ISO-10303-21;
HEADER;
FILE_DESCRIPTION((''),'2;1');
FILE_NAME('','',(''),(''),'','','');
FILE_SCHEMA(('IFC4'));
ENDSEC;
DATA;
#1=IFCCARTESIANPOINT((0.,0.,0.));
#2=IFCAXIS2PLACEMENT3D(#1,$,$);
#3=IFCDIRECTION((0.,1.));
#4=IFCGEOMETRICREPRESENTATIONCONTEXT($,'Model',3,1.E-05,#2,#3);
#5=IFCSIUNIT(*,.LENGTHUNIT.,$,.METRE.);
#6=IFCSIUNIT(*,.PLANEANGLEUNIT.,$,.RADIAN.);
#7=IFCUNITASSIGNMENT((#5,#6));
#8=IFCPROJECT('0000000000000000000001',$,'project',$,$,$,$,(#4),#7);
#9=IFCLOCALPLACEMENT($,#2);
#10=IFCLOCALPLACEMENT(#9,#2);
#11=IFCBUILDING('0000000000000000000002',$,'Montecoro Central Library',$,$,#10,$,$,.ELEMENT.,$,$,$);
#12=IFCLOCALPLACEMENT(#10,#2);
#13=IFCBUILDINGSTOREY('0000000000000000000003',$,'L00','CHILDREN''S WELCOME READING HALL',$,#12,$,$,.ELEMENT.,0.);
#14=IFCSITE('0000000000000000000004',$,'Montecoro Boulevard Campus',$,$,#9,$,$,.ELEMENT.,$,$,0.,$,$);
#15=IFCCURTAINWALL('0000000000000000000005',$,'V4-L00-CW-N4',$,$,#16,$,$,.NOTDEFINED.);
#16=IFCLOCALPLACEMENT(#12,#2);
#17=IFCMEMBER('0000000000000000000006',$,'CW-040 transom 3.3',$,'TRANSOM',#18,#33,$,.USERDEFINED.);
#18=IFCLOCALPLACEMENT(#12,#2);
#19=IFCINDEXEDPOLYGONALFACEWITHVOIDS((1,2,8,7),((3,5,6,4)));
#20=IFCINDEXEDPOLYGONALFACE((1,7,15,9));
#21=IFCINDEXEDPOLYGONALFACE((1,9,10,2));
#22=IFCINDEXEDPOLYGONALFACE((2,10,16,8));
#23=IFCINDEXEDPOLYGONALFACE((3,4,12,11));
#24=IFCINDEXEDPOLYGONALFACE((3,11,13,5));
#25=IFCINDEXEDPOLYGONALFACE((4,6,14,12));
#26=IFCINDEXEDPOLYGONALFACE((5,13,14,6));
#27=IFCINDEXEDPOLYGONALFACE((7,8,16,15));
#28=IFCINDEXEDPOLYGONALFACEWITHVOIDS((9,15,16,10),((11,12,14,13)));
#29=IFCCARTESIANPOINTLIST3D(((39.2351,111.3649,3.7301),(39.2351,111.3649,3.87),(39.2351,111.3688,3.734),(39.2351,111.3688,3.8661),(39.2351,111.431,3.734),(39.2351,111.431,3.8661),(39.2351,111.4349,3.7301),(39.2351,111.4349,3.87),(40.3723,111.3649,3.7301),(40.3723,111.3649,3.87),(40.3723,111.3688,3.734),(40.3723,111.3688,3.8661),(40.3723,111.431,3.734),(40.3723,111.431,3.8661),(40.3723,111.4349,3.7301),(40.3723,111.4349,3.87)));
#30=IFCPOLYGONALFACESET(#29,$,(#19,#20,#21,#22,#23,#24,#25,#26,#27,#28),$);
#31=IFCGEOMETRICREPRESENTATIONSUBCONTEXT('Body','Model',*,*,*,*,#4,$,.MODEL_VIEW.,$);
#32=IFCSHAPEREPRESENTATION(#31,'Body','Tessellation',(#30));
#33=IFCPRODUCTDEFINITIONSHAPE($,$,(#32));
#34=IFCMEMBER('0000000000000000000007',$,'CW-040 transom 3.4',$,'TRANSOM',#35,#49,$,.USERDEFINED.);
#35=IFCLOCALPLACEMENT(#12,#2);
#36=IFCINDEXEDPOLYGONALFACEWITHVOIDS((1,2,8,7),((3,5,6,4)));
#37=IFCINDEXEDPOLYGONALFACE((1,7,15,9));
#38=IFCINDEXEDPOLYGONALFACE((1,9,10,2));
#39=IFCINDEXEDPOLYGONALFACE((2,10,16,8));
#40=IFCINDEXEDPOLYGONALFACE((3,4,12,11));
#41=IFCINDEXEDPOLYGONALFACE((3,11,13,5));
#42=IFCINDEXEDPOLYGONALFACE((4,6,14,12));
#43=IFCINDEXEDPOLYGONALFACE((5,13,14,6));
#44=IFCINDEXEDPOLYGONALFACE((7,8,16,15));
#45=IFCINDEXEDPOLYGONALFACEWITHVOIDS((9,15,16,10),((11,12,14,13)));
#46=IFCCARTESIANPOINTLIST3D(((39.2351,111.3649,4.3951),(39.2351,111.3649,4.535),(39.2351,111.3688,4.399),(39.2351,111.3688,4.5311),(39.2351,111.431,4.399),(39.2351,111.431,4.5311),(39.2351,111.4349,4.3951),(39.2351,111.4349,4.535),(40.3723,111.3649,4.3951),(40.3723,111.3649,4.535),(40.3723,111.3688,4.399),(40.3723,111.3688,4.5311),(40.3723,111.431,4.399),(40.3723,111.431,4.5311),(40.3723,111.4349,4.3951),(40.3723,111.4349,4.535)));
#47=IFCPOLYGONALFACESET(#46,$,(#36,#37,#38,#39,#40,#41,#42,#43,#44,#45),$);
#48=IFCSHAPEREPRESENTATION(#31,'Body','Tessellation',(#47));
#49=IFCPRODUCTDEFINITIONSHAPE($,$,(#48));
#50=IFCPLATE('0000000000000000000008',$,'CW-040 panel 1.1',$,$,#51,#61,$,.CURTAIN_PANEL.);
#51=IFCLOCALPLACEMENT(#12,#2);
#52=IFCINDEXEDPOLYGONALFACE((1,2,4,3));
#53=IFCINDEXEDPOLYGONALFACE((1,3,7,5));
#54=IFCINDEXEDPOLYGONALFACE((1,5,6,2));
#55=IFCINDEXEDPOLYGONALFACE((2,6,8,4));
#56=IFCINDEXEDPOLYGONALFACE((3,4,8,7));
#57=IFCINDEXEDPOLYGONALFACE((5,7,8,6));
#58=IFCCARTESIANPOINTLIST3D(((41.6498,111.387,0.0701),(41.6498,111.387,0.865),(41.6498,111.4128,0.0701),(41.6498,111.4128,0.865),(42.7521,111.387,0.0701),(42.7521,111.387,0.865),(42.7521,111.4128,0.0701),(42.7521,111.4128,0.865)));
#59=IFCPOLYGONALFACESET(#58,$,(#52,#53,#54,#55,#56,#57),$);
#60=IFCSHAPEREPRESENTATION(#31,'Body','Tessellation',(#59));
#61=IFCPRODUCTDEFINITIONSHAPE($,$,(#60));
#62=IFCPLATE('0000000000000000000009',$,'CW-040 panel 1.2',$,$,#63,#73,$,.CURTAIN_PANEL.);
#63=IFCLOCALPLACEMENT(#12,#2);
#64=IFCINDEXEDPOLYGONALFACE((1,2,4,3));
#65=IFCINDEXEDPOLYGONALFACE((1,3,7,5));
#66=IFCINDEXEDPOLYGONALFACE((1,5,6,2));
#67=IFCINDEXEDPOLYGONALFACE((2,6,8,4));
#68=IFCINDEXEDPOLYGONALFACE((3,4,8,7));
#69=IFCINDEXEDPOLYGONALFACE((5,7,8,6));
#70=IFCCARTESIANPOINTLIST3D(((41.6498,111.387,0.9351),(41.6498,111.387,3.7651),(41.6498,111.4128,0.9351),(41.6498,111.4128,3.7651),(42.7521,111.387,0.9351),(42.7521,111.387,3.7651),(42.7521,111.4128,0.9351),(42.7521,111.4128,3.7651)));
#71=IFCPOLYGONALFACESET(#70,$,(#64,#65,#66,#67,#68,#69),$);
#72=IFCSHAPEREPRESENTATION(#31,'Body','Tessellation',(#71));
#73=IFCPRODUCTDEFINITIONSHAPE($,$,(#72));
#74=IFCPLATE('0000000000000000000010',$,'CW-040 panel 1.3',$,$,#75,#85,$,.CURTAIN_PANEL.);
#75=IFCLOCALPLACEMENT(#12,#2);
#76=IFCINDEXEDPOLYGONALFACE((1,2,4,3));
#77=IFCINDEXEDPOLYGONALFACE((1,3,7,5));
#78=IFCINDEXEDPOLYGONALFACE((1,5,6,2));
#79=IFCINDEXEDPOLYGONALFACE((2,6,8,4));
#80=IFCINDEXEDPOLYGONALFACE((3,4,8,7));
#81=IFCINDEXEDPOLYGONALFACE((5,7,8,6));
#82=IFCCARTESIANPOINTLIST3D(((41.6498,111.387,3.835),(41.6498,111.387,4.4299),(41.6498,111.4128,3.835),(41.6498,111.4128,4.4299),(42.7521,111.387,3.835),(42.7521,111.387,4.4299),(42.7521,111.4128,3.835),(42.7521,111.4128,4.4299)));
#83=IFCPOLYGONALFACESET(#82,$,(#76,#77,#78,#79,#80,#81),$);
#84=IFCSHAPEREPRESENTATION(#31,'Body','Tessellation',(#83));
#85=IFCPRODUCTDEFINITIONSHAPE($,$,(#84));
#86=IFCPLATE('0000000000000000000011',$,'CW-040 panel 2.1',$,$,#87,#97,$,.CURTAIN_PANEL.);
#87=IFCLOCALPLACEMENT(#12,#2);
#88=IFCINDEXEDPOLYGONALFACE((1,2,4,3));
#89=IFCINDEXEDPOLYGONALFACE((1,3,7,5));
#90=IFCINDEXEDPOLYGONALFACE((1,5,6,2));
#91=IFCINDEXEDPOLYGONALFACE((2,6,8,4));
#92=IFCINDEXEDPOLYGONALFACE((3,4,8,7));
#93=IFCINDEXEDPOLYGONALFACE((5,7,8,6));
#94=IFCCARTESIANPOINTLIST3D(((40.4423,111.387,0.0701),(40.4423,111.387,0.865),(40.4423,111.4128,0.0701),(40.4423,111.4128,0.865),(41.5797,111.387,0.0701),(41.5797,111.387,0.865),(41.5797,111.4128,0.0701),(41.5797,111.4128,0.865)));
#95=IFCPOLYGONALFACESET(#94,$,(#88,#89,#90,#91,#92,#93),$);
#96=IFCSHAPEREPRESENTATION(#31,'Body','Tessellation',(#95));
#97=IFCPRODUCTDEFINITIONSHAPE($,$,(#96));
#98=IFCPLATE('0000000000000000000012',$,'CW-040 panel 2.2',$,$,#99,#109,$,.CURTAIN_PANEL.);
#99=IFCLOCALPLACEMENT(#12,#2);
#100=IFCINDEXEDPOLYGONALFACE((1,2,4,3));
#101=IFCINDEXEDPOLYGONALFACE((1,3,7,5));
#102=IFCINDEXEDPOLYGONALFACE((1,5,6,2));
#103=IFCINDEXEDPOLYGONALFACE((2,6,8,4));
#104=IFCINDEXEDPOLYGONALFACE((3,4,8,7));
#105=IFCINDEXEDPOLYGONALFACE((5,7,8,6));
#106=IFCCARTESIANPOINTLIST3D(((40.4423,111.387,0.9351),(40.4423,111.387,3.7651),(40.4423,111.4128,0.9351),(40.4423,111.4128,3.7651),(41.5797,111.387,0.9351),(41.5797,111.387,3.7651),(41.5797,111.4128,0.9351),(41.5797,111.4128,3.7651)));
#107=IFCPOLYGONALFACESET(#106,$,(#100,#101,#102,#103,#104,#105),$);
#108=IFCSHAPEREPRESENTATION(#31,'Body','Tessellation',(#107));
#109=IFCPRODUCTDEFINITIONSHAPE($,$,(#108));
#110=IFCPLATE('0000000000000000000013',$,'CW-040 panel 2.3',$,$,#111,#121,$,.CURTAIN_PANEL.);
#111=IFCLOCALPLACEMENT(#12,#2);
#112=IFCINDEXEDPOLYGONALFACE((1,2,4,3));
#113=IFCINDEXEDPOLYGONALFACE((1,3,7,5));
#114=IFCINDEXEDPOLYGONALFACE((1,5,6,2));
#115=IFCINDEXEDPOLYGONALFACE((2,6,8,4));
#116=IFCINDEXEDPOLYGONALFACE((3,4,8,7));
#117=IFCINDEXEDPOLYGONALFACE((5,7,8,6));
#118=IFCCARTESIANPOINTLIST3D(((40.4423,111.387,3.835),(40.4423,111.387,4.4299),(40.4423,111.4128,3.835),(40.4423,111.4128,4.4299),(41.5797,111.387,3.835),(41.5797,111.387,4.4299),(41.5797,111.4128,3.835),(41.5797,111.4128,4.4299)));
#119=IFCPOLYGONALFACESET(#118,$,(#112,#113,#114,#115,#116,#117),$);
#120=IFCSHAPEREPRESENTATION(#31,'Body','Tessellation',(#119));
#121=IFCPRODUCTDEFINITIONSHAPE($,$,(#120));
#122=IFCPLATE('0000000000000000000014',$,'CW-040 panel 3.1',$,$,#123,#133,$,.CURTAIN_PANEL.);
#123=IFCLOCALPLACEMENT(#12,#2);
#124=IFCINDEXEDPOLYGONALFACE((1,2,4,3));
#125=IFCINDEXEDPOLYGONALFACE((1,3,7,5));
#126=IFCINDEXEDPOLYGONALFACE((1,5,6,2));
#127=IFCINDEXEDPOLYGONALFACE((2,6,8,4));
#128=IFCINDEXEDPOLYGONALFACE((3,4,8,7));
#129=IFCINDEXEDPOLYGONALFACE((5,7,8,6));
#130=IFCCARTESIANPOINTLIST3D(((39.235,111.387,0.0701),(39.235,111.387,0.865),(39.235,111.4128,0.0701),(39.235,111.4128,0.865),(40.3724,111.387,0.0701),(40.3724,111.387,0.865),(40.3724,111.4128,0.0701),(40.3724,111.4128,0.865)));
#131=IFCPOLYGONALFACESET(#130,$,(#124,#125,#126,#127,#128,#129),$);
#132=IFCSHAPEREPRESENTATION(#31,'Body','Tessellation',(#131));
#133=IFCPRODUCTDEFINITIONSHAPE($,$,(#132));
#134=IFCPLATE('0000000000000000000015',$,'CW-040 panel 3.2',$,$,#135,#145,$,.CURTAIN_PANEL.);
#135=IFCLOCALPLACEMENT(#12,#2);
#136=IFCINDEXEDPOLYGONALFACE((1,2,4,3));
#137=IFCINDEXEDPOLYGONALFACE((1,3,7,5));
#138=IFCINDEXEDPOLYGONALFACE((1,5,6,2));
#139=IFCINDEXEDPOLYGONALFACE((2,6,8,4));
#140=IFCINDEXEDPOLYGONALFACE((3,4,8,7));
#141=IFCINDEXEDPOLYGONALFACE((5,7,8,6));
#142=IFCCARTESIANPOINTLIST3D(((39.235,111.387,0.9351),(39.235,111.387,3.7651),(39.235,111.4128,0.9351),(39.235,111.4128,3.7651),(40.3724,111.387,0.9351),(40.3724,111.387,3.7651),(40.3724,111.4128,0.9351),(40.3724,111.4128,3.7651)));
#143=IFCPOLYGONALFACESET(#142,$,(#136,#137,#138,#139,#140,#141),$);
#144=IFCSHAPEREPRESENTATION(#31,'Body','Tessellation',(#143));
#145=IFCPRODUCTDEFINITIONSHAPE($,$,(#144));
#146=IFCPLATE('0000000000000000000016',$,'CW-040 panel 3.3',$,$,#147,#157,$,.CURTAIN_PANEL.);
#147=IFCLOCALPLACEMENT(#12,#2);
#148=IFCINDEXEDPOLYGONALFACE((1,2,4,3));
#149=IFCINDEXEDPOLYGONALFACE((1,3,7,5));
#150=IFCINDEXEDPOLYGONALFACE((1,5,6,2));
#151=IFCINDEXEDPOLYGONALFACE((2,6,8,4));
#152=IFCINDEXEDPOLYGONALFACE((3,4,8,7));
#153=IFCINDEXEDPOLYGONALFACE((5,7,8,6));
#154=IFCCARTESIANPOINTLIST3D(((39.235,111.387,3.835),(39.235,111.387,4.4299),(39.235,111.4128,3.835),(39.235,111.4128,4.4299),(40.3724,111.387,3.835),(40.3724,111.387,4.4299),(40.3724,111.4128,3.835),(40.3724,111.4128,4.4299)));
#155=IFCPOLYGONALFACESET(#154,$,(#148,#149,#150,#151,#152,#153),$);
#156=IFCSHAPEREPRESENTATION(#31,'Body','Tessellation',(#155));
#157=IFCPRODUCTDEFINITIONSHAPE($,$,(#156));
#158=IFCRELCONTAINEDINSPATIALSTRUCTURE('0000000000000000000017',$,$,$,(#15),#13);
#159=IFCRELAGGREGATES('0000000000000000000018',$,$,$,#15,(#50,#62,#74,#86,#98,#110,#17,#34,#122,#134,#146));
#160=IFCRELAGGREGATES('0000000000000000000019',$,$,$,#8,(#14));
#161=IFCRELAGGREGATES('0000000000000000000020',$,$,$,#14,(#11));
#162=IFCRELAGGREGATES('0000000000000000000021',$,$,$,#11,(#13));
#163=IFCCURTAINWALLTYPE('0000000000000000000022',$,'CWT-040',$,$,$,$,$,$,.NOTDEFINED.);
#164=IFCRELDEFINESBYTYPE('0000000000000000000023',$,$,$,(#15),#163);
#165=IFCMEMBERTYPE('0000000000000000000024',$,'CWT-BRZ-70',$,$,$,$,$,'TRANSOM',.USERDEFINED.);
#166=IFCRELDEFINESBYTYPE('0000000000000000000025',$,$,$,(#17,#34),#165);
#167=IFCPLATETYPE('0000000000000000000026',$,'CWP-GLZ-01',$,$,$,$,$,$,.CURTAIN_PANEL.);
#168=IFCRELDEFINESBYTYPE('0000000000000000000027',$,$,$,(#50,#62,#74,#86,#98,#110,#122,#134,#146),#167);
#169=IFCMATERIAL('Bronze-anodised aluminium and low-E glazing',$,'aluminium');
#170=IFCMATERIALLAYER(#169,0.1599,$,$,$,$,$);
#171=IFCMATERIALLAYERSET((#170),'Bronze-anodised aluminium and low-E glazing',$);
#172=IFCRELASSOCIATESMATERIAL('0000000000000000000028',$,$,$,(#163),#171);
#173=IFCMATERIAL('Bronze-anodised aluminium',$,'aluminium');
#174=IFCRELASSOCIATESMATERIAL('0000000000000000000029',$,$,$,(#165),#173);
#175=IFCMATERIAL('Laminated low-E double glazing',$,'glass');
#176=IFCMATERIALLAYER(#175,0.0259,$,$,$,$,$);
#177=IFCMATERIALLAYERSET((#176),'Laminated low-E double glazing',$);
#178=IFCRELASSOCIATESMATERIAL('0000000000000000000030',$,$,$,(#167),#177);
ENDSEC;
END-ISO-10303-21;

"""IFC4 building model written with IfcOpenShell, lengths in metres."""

from ifc_helpers import new_model, si_unit, direction, frame, origin, origin_2d, place, context, subcontext, project, spatial, rectangle, hollow_rectangle, extrude, material, layer, layer_set, material_profile, profile_set, type_object, element, aggregate, save


model = new_model("IFC4")

# Units and contexts
model_context = context("Model", 3, precision=1e-05, world=origin(), true_north=direction((0.0, 1.0)))
body_context = subcontext(model_context, "Body", "Model", "MODEL_VIEW")
ifc_project = project(units=[si_unit("LENGTHUNIT", "METRE"), si_unit("PLANEANGLEUNIT", "RADIAN")], contexts=[model_context])

# Site, building, storey
site_placement = place(None, origin())
site = spatial("IfcSite", under=ifc_project, at=site_placement, Name="Montecoro Boulevard Campus", CompositionType="ELEMENT", RefElevation=0.0)
building_placement = place(site_placement, origin())
building = spatial("IfcBuilding", under=site, at=building_placement, Name="Montecoro Central Library", CompositionType="ELEMENT")
storey_placement = place(building_placement, origin())
storey = spatial("IfcBuildingStorey", under=building, at=storey_placement, Name="L00", Description="CHILDREN'S WELCOME READING HALL", CompositionType="ELEMENT", Elevation=0.0)

# Curtain wall, members, plates
ifc_material_1 = material(Name="Bronze-anodised aluminium and low-E glazing", Category="aluminium")
ifc_layer_1 = layer(ifc_material_1, 0.1599)
ifc_layer_set_1 = layer_set([ifc_layer_1], Name="Bronze-anodised aluminium and low-E glazing")
curtain_wall_type = type_object("IfcCurtainWallType", Name="CWT-040", PredefinedType="NOTDEFINED", material=ifc_layer_set_1)
curtain_wall_placement = place(storey_placement, origin())
curtain_wall = element("IfcCurtainWall", 1, at=curtain_wall_placement, inside=storey, type_object=curtain_wall_type, Name="V4-L00-CW-N4", PredefinedType="NOTDEFINED")
ifc_material_2 = material(Name="Bronze-anodised aluminium", Category="aluminium")
ifc_material_profile_1 = material_profile(ifc_material_2, hollow_rectangle(XDim=0.0701, YDim=0.1399, WallThickness=0.0039, at=origin_2d()), Name="CWT 140x70x4.0")
ifc_profile_set_1 = profile_set([ifc_material_profile_1], Name="Bronze-anodised aluminium")
member_type_1 = type_object("IfcMemberType", Name="CWT-BRZ-70", ElementType="TRANSOM", PredefinedType="USERDEFINED", material=ifc_profile_set_1)
member_1_placement = place(storey_placement, frame((40.3723, 111.3999, 3.8), z_axis=(-1.0, 0.0, 0.0), x_axis=(0.0, -1.0, 0.0)))
member_1 = element("IfcMember", 2, at=member_1_placement, type_object=member_type_1, Name="CW-040 transom 3.3", ObjectType="TRANSOM", PredefinedType="USERDEFINED", context=body_context, shape_type="SweptSolid", body=[
    extrude(hollow_rectangle(XDim=0.0701, YDim=0.1399, WallThickness=0.0039, at=origin_2d()), origin(), (0.0, 0.0, 1.0), 1.1372),
])
member_2_placement = place(storey_placement, frame((40.3723, 111.3999, 4.4651), z_axis=(-1.0, 0.0, 0.0), x_axis=(0.0, -1.0, 0.0)))
member_2 = element("IfcMember", 3, at=member_2_placement, type_object=member_type_1, Name="CW-040 transom 3.4", ObjectType="TRANSOM", PredefinedType="USERDEFINED", context=body_context, shape_type="SweptSolid", body=[
    extrude(hollow_rectangle(XDim=0.0701, YDim=0.1399, WallThickness=0.0039, at=origin_2d()), origin(), (0.0, 0.0, 1.0), 1.1372),
])
ifc_material_3 = material(Name="Laminated low-E double glazing", Category="glass")
ifc_layer_2 = layer(ifc_material_3, 0.0259)
ifc_layer_set_2 = layer_set([ifc_layer_2], Name="Laminated low-E double glazing")
plate_type = type_object("IfcPlateType", Name="CWP-GLZ-01", PredefinedType="CURTAIN_PANEL", material=ifc_layer_set_2)
plate_1_placement = place(storey_placement, frame((42.2009, 111.3999, 0.0701), z_axis=(0.0, 0.0, 1.0), x_axis=(-1.0, 0.0, 0.0)))
plate_1 = element("IfcPlate", 4, at=plate_1_placement, type_object=plate_type, Name="CW-040 panel 1.1", PredefinedType="CURTAIN_PANEL", context=body_context, shape_type="SweptSolid", body=[
    extrude(rectangle(XDim=1.1023, YDim=0.0259, at=origin_2d()), origin(), (0.0, 0.0, 1.0), 0.7949),
])
plate_2_placement = place(storey_placement, frame((42.2009, 111.3999, 0.9351), z_axis=(0.0, 0.0, 1.0), x_axis=(-1.0, 0.0, 0.0)))
plate_2 = element("IfcPlate", 5, at=plate_2_placement, type_object=plate_type, Name="CW-040 panel 1.2", PredefinedType="CURTAIN_PANEL", context=body_context, shape_type="SweptSolid", body=[
    extrude(rectangle(XDim=1.1023, YDim=0.0259, at=origin_2d()), origin(), (0.0, 0.0, 1.0), 2.8301),
])
plate_3_placement = place(storey_placement, frame((42.2009, 111.3999, 3.835), z_axis=(0.0, 0.0, 1.0), x_axis=(-1.0, 0.0, 0.0)))
plate_3 = element("IfcPlate", 6, at=plate_3_placement, type_object=plate_type, Name="CW-040 panel 1.3", PredefinedType="CURTAIN_PANEL", context=body_context, shape_type="SweptSolid", body=[
    extrude(rectangle(XDim=1.1023, YDim=0.0259, at=origin_2d()), origin(), (0.0, 0.0, 1.0), 0.595),
])
plate_4_placement = place(storey_placement, frame((41.011, 111.3999, 0.0701), z_axis=(0.0, 0.0, 1.0), x_axis=(-1.0, 0.0, 0.0)))
plate_4 = element("IfcPlate", 7, at=plate_4_placement, type_object=plate_type, Name="CW-040 panel 2.1", PredefinedType="CURTAIN_PANEL", context=body_context, shape_type="SweptSolid", body=[
    extrude(rectangle(XDim=1.1375, YDim=0.0259, at=origin_2d()), origin(), (0.0, 0.0, 1.0), 0.7949),
])
plate_5_placement = place(storey_placement, frame((41.011, 111.3999, 0.9351), z_axis=(0.0, 0.0, 1.0), x_axis=(-1.0, 0.0, 0.0)))
plate_5 = element("IfcPlate", 8, at=plate_5_placement, type_object=plate_type, Name="CW-040 panel 2.2", PredefinedType="CURTAIN_PANEL", context=body_context, shape_type="SweptSolid", body=[
    extrude(rectangle(XDim=1.1375, YDim=0.0259, at=origin_2d()), origin(), (0.0, 0.0, 1.0), 2.8301),
])
plate_6_placement = place(storey_placement, frame((41.011, 111.3999, 3.835), z_axis=(0.0, 0.0, 1.0), x_axis=(-1.0, 0.0, 0.0)))
plate_6 = element("IfcPlate", 9, at=plate_6_placement, type_object=plate_type, Name="CW-040 panel 2.3", PredefinedType="CURTAIN_PANEL", context=body_context, shape_type="SweptSolid", body=[
    extrude(rectangle(XDim=1.1375, YDim=0.0259, at=origin_2d()), origin(), (0.0, 0.0, 1.0), 0.595),
])
plate_7_placement = place(storey_placement, frame((39.8037, 111.3999, 0.0701), z_axis=(0.0, 0.0, 1.0), x_axis=(-1.0, 0.0, 0.0)))
plate_7 = element("IfcPlate", 10, at=plate_7_placement, type_object=plate_type, Name="CW-040 panel 3.1", PredefinedType="CURTAIN_PANEL", context=body_context, shape_type="SweptSolid", body=[
    extrude(rectangle(XDim=1.1375, YDim=0.0259, at=origin_2d()), origin(), (0.0, 0.0, 1.0), 0.7949),
])
plate_8_placement = place(storey_placement, frame((39.8037, 111.3999, 0.9351), z_axis=(0.0, 0.0, 1.0), x_axis=(-1.0, 0.0, 0.0)))
plate_8 = element("IfcPlate", 11, at=plate_8_placement, type_object=plate_type, Name="CW-040 panel 3.2", PredefinedType="CURTAIN_PANEL", context=body_context, shape_type="SweptSolid", body=[
    extrude(rectangle(XDim=1.1375, YDim=0.0259, at=origin_2d()), origin(), (0.0, 0.0, 1.0), 2.8301),
])
plate_9_placement = place(storey_placement, frame((39.8037, 111.3999, 3.835), z_axis=(0.0, 0.0, 1.0), x_axis=(-1.0, 0.0, 0.0)))
plate_9 = element("IfcPlate", 12, at=plate_9_placement, type_object=plate_type, Name="CW-040 panel 3.3", PredefinedType="CURTAIN_PANEL", context=body_context, shape_type="SweptSolid", body=[
    extrude(rectangle(XDim=1.1375, YDim=0.0259, at=origin_2d()), origin(), (0.0, 0.0, 1.0), 0.595),
])
aggregate(curtain_wall, [plate_1, plate_2, plate_3, plate_4, plate_5, plate_6, member_1, member_2, plate_7, plate_8, plate_9])

save(model, "model.ifc")
